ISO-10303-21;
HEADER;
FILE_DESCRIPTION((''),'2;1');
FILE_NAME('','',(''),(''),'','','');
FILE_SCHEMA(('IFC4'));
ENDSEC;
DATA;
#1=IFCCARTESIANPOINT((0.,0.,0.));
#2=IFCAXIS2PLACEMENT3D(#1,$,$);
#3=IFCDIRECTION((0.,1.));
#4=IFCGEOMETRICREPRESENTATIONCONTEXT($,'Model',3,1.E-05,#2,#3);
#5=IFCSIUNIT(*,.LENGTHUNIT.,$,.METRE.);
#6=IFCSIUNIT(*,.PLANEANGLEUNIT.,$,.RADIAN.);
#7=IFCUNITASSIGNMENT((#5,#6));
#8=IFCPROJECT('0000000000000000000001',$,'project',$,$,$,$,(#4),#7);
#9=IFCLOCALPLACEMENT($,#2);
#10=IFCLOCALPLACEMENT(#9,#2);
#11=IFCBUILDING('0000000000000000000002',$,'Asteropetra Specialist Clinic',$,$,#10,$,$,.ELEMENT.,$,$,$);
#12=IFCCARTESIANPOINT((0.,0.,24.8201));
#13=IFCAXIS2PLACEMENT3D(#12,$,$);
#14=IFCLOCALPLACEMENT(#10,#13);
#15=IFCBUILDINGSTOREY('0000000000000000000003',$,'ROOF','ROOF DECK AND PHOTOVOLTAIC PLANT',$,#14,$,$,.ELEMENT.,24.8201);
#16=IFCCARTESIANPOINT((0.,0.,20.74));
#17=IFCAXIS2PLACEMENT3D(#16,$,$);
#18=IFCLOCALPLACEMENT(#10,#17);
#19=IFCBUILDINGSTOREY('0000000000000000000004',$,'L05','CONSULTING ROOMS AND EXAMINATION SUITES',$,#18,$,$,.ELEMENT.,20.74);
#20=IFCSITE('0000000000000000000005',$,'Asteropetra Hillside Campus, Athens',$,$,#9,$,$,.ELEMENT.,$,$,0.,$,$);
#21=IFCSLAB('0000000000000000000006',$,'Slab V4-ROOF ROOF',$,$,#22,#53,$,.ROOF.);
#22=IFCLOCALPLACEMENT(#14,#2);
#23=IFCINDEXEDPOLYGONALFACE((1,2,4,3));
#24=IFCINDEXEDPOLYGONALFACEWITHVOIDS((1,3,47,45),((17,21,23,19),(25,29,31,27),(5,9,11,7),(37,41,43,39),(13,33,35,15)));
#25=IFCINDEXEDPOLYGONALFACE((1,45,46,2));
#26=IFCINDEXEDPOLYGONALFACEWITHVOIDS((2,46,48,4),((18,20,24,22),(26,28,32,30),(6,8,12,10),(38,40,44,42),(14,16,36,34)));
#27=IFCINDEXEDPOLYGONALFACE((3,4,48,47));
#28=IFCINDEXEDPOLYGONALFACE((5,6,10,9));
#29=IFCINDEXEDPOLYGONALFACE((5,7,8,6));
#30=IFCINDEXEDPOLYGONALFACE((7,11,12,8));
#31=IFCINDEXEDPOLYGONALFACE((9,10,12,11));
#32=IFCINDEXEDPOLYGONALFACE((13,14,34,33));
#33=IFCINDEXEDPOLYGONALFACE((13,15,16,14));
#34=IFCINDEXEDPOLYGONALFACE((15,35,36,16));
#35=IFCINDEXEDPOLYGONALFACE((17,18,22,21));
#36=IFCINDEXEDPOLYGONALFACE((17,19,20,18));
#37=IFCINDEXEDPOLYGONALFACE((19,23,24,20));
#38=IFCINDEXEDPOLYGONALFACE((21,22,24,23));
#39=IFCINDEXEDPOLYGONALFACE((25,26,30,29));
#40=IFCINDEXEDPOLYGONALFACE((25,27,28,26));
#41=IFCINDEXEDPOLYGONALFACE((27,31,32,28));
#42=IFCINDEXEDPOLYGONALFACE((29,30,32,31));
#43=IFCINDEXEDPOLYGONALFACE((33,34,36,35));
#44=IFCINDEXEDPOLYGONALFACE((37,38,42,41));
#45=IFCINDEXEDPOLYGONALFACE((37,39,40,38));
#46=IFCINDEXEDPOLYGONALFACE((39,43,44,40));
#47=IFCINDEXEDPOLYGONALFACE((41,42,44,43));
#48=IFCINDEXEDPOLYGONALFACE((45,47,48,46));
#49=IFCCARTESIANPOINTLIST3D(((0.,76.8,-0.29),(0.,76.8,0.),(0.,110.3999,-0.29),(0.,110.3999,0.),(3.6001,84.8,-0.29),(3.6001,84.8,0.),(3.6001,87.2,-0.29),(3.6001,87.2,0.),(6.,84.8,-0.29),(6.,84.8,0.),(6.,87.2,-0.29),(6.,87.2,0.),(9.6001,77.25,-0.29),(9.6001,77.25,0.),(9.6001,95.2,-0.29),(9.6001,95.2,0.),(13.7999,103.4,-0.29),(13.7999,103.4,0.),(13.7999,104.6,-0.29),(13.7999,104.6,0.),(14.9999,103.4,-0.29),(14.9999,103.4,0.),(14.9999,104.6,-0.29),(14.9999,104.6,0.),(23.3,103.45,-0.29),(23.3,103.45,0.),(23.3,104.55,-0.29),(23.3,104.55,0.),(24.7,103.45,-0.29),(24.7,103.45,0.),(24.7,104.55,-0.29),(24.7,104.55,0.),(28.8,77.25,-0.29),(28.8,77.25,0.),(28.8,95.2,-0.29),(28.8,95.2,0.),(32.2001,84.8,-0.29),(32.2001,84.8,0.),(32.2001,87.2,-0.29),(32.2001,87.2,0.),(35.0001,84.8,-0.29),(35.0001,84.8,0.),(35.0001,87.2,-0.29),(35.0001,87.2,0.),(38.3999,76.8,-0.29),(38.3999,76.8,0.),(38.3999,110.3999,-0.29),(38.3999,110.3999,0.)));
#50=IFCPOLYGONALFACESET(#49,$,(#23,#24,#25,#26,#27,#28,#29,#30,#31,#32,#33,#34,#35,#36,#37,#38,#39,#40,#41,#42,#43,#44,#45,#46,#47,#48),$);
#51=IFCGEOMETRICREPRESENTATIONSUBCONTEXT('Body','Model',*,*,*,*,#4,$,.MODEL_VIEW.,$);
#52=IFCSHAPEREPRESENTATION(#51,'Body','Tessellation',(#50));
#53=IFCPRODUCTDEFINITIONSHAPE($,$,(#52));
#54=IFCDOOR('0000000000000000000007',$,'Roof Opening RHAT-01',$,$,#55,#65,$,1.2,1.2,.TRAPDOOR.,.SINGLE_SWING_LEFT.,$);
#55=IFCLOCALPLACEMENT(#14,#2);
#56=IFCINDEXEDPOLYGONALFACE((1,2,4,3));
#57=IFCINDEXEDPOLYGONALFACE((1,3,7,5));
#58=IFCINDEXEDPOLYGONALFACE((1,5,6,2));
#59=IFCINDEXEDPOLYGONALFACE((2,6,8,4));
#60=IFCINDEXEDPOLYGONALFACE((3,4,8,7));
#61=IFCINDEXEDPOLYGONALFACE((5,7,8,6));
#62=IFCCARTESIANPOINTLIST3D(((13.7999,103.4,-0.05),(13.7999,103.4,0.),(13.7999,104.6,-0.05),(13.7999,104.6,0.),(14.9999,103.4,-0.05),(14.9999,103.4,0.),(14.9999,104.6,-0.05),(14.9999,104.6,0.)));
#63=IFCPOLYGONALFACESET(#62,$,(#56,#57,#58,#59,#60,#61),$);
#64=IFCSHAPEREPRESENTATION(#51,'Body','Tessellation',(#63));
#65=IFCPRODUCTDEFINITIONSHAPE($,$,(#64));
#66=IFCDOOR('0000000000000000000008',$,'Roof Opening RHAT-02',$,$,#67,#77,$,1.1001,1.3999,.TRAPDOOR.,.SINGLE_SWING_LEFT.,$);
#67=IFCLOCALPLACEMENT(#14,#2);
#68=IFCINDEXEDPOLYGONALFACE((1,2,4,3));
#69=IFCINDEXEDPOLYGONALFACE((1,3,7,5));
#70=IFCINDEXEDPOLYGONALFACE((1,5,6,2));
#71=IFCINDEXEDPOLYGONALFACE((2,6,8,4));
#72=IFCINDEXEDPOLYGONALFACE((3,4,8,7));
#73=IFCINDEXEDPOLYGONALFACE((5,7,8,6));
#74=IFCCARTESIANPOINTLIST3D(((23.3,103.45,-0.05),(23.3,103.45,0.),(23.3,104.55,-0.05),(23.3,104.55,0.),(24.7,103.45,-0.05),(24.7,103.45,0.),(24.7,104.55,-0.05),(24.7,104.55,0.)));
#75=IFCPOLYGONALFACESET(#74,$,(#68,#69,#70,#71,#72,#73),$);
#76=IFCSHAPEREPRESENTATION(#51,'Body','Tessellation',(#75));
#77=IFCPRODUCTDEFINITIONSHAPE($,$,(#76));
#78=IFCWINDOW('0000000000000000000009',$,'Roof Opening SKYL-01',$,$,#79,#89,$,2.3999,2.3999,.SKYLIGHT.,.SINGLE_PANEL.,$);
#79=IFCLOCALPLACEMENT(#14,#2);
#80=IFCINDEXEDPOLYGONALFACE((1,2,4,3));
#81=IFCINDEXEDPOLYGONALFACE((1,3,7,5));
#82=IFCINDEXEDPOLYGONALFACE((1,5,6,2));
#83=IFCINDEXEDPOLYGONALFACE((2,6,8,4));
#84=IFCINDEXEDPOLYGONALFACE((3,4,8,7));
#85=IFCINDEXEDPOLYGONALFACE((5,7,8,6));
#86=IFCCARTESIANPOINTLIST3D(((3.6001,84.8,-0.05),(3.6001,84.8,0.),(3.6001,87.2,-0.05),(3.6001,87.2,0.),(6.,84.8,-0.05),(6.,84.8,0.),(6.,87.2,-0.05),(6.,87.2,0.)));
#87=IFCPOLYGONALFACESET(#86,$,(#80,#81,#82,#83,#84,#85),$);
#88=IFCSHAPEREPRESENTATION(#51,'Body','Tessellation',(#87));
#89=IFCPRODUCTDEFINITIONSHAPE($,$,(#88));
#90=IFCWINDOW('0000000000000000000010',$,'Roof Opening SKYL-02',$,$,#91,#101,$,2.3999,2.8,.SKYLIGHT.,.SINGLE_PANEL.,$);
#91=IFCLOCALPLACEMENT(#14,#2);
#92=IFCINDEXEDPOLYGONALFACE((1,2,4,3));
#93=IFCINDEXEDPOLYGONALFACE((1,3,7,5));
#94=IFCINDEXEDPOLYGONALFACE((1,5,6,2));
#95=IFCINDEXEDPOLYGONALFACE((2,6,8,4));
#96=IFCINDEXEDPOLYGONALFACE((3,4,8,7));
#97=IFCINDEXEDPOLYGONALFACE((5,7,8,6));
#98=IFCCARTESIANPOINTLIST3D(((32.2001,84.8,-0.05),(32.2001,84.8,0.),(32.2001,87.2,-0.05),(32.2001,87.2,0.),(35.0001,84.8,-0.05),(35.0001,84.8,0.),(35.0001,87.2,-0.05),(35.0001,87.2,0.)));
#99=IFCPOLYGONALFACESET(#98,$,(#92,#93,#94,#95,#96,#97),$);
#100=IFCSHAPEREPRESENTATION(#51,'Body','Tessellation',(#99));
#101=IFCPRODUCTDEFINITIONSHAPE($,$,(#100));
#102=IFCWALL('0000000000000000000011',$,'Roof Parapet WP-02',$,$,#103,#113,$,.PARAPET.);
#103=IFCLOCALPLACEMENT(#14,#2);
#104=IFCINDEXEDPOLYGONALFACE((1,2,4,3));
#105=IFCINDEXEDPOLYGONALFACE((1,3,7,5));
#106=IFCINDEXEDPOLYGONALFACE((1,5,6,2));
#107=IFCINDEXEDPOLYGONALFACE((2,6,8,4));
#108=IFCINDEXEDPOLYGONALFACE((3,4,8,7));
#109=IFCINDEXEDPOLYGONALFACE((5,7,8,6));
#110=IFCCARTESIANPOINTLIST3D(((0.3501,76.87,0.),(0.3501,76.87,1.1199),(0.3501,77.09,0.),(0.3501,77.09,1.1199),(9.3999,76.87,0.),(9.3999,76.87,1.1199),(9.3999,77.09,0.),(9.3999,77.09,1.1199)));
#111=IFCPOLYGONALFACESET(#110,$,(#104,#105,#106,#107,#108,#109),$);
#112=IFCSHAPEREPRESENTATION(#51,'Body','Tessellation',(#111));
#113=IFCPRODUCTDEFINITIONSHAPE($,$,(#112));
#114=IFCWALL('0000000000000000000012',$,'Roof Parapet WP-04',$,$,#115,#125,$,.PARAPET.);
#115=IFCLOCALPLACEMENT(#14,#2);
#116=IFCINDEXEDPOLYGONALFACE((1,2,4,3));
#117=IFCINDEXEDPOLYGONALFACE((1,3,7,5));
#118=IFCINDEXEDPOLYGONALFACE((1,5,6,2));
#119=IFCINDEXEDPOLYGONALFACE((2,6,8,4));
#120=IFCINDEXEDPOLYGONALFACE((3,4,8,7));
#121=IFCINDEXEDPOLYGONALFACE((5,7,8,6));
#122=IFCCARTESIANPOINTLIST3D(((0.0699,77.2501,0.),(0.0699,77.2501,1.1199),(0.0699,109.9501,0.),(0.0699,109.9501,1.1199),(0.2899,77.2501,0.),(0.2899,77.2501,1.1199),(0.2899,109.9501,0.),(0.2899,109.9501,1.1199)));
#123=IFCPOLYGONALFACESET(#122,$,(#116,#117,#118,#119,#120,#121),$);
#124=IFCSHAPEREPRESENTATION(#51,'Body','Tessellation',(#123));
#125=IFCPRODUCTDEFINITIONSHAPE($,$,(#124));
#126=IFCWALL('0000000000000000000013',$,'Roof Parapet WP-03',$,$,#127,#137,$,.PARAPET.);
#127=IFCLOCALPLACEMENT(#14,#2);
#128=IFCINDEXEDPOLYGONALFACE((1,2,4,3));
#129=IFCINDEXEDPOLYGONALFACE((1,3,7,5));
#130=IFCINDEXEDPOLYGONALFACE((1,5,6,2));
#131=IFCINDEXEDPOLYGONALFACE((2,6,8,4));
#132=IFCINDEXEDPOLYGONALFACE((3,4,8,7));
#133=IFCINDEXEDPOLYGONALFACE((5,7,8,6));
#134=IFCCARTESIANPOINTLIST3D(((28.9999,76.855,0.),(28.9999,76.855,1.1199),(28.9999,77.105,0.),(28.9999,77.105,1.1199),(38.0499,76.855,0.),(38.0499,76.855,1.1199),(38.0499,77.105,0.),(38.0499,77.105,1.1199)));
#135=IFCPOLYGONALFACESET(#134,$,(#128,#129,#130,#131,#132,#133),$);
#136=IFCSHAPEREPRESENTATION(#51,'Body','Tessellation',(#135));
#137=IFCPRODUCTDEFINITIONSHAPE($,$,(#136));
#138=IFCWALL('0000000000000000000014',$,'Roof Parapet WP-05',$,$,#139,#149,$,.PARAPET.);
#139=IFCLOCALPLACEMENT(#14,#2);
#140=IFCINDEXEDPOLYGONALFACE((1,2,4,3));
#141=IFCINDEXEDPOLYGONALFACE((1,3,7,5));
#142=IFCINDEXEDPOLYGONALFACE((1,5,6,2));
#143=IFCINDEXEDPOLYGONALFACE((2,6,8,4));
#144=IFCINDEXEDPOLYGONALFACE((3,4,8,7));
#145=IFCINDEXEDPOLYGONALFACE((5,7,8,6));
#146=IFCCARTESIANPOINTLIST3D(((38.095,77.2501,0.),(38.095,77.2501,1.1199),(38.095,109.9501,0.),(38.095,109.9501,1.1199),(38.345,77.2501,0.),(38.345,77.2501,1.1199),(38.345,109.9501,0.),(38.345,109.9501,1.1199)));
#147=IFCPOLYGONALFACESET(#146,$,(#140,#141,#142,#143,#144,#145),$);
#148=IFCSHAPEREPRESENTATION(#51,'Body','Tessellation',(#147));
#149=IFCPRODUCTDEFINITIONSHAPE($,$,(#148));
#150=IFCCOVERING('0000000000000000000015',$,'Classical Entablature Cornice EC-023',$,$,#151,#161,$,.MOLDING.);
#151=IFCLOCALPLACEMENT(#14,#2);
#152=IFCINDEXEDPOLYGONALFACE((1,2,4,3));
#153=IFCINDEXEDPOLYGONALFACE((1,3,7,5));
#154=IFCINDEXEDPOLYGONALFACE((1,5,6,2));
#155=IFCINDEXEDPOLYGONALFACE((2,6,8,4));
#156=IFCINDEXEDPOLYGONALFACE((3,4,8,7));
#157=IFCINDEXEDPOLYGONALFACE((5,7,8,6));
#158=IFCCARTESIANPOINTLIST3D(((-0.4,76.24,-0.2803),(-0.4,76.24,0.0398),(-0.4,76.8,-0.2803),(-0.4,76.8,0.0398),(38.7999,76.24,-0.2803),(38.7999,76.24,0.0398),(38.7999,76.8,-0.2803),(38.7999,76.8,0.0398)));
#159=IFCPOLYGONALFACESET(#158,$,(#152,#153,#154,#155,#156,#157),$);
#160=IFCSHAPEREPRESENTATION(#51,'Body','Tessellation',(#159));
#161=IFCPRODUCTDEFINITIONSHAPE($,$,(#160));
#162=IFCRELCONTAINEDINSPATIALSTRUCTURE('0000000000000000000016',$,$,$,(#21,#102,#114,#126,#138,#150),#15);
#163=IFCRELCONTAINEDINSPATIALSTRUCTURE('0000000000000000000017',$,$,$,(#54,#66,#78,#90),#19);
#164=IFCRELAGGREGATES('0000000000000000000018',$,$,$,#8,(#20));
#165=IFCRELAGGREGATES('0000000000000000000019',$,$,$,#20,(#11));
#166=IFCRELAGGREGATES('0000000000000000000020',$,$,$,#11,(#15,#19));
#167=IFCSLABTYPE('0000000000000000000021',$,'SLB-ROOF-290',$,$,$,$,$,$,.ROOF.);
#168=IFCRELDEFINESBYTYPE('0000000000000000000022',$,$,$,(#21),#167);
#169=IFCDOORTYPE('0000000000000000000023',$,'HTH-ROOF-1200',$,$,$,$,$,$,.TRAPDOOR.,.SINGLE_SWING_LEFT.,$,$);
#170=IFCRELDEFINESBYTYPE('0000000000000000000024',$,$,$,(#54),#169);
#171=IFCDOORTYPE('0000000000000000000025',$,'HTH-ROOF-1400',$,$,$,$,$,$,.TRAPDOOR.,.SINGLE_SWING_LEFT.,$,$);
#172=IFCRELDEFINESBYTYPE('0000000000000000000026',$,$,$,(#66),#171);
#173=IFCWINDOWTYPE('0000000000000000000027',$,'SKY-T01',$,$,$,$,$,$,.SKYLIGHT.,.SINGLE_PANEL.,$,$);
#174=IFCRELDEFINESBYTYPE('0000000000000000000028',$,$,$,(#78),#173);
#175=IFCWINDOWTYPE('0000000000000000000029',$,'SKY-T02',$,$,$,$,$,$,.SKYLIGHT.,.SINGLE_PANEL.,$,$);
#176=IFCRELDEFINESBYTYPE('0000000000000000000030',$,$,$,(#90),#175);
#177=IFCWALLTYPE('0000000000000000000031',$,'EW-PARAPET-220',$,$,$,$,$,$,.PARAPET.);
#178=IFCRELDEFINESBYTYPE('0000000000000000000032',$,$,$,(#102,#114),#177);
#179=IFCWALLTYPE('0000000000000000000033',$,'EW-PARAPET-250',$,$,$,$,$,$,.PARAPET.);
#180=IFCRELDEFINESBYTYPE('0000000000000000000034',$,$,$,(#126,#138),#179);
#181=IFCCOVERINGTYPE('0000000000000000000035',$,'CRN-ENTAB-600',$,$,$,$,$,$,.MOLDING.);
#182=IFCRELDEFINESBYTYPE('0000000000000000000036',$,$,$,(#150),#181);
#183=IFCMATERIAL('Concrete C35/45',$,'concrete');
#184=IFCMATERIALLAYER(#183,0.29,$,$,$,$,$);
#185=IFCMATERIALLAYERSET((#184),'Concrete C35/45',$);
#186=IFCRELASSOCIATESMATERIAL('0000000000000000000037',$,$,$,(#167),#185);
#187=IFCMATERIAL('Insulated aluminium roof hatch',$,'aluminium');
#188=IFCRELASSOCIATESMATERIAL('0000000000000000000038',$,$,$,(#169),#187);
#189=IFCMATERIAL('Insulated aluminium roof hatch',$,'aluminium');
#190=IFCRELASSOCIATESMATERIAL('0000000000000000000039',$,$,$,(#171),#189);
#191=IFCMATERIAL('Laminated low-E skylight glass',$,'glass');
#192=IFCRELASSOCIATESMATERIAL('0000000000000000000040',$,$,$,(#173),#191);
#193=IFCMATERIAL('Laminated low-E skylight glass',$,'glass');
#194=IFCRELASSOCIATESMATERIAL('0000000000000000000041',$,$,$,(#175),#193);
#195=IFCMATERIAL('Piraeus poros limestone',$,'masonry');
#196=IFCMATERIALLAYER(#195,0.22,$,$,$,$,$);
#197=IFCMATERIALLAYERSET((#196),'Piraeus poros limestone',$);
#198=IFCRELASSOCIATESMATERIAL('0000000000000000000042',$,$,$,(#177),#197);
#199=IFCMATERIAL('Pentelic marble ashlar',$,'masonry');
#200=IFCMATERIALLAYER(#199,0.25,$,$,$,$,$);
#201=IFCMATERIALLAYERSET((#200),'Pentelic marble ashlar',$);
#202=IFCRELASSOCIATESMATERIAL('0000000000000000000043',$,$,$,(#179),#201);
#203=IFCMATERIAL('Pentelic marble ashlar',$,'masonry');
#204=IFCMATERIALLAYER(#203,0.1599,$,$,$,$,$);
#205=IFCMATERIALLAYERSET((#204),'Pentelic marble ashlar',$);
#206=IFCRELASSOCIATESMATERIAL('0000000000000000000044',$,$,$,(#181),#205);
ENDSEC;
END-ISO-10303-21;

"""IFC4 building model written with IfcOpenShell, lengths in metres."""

from ifc_helpers import new_model, si_unit, direction, frame, frame_2d, origin, origin_2d, place, context, subcontext, project, spatial, polyline, rectangle, outline, extrude, material, layer, layer_set, type_object, element, fill, save


model = new_model("IFC4")

# Units and contexts
model_context = context("Model", 3, precision=1e-05, world=origin(), true_north=direction((0.0, 1.0)))
body_context = subcontext(model_context, "Body", "Model", "MODEL_VIEW")
ifc_project = project(units=[si_unit("LENGTHUNIT", "METRE"), si_unit("PLANEANGLEUNIT", "RADIAN")], contexts=[model_context])

# Site, building, storey
site_placement = place(None, origin())
site = spatial("IfcSite", under=ifc_project, at=site_placement, Name="Asteropetra Hillside Campus, Athens", CompositionType="ELEMENT", RefElevation=0.0)
building_placement = place(site_placement, origin())
building = spatial("IfcBuilding", under=site, at=building_placement, Name="Asteropetra Specialist Clinic", CompositionType="ELEMENT")
storey_1_placement = place(building_placement, frame((0.0, 0.0, 24.8201)))
storey_1 = spatial("IfcBuildingStorey", under=building, at=storey_1_placement, Name="ROOF", Description="ROOF DECK AND PHOTOVOLTAIC PLANT", CompositionType="ELEMENT", Elevation=24.8201)

# Slab, openings
ifc_material_1 = material(Name="Concrete C35/45", Category="concrete")
ifc_layer_1 = layer(ifc_material_1, 0.29)
ifc_layer_set_1 = layer_set([ifc_layer_1], Name="Concrete C35/45")
slab_type = type_object("IfcSlabType", Name="SLB-ROOF-290", PredefinedType="ROOF", material=ifc_layer_set_1)
slab_placement = place(storey_1_placement, frame((0.0, 0.0, -0.29)))
slab = element("IfcSlab", 1, at=slab_placement, inside=storey_1, type_object=slab_type, Name="Slab V4-ROOF ROOF", PredefinedType="ROOF", context=body_context, shape_type="SweptSolid", body=[
    extrude(outline(polyline([(0.0, 76.8), (38.3999, 76.8), (38.3999, 110.3999), (0.0, 110.3999), (0.0, 76.8)]), holes=[polyline([(9.6001, 77.25), (28.8, 77.25), (28.8, 95.2), (9.6001, 95.2), (9.6001, 77.25)])]), origin(), (0.0, 0.0, 1.0), 0.29),
])
opening_1_placement = place(slab_placement, frame((4.8, 86.0, 0.0)))
opening_1 = element("IfcOpeningElement", 2, at=opening_1_placement, cuts=slab, PredefinedType="OPENING", context=body_context, shape_type="SweptSolid", body=[
    extrude(rectangle(XDim=2.3999, YDim=2.3999, at=origin_2d()), origin(), (0.0, 0.0, 1.0), 0.29),
])
opening_2_placement = place(slab_placement, frame((33.6001, 86.0, 0.0)))
opening_2 = element("IfcOpeningElement", 3, at=opening_2_placement, cuts=slab, PredefinedType="OPENING", context=body_context, shape_type="SweptSolid", body=[
    extrude(rectangle(XDim=2.8, YDim=2.3999, at=origin_2d()), origin(), (0.0, 0.0, 1.0), 0.29),
])
opening_3_placement = place(slab_placement, frame((14.3999, 104.0, 0.0)))
opening_3 = element("IfcOpeningElement", 4, at=opening_3_placement, cuts=slab, PredefinedType="OPENING", context=body_context, shape_type="SweptSolid", body=[
    extrude(rectangle(XDim=1.2, YDim=1.2, at=origin_2d()), origin(), (0.0, 0.0, 1.0), 0.29),
])
opening_4_placement = place(slab_placement, frame((24.0, 104.0, 0.0)))
opening_4 = element("IfcOpeningElement", 5, at=opening_4_placement, cuts=slab, PredefinedType="OPENING", context=body_context, shape_type="SweptSolid", body=[
    extrude(rectangle(XDim=1.3999, YDim=1.1001, at=origin_2d()), origin(), (0.0, 0.0, 1.0), 0.29),
])

# Shared definitions
storey_2_placement = place(building_placement, frame((0.0, 0.0, 20.74)))
storey_2 = spatial("IfcBuildingStorey", under=building, at=storey_2_placement, Name="L05", Description="CONSULTING ROOMS AND EXAMINATION SUITES", CompositionType="ELEMENT", Elevation=20.74)

# Doors
ifc_material_2 = material(Name="Insulated aluminium roof hatch", Category="aluminium")
door_type_1 = type_object("IfcDoorType", Name="HTH-ROOF-1200", OperationType="SINGLE_SWING_LEFT", PredefinedType="TRAPDOOR", material=ifc_material_2)
door_1_placement = place(opening_3_placement, frame((0.0, 0.0, 0.24)))
door_1 = element("IfcDoor", 6, at=door_1_placement, inside=storey_2, type_object=door_type_1, Name="Roof Opening RHAT-01", OperationType="SINGLE_SWING_LEFT", OverallHeight=1.2, OverallWidth=1.2, PredefinedType="TRAPDOOR", context=body_context, shape_type="SweptSolid", body=[
    extrude(rectangle(XDim=1.2, YDim=1.2, at=origin_2d()), origin(), (0.0, 0.0, 1.0), 0.05),
])
fill(opening_3, door_1)
ifc_material_3 = material(Name="Insulated aluminium roof hatch", Category="aluminium")
door_type_2 = type_object("IfcDoorType", Name="HTH-ROOF-1400", OperationType="SINGLE_SWING_LEFT", PredefinedType="TRAPDOOR", material=ifc_material_3)
door_2_placement = place(opening_4_placement, frame((0.0, 0.0, 0.24)))
door_2 = element("IfcDoor", 7, at=door_2_placement, inside=storey_2, type_object=door_type_2, Name="Roof Opening RHAT-02", OperationType="SINGLE_SWING_LEFT", OverallHeight=1.1001, OverallWidth=1.3999, PredefinedType="TRAPDOOR", context=body_context, shape_type="SweptSolid", body=[
    extrude(rectangle(XDim=1.3999, YDim=1.1001, at=origin_2d()), origin(), (0.0, 0.0, 1.0), 0.05),
])
fill(opening_4, door_2)

# Windows
ifc_material_4 = material(Name="Laminated low-E skylight glass", Category="glass")
window_type_1 = type_object("IfcWindowType", Name="SKY-T01", PartitioningType="SINGLE_PANEL", PredefinedType="SKYLIGHT", material=ifc_material_4)
window_1_placement = place(opening_1_placement, frame((0.0, 0.0, 0.24)))
window_1 = element("IfcWindow", 8, at=window_1_placement, inside=storey_2, type_object=window_type_1, Name="Roof Opening SKYL-01", OverallHeight=2.3999, OverallWidth=2.3999, PartitioningType="SINGLE_PANEL", PredefinedType="SKYLIGHT", context=body_context, shape_type="SweptSolid", body=[
    extrude(rectangle(XDim=2.3999, YDim=2.3999, at=origin_2d()), origin(), (0.0, 0.0, 1.0), 0.05),
])
fill(opening_1, window_1)
ifc_material_5 = material(Name="Laminated low-E skylight glass", Category="glass")
window_type_2 = type_object("IfcWindowType", Name="SKY-T02", PartitioningType="SINGLE_PANEL", PredefinedType="SKYLIGHT", material=ifc_material_5)
window_2_placement = place(opening_2_placement, frame((0.0, 0.0, 0.24)))
window_2 = element("IfcWindow", 9, at=window_2_placement, inside=storey_2, type_object=window_type_2, Name="Roof Opening SKYL-02", OverallHeight=2.3999, OverallWidth=2.8, PartitioningType="SINGLE_PANEL", PredefinedType="SKYLIGHT", context=body_context, shape_type="SweptSolid", body=[
    extrude(rectangle(XDim=2.8, YDim=2.3999, at=origin_2d()), origin(), (0.0, 0.0, 1.0), 0.05),
])
fill(opening_2, window_2)

# Walls
ifc_material_6 = material(Name="Piraeus poros limestone", Category="masonry")
ifc_layer_2 = layer(ifc_material_6, 0.22)
ifc_layer_set_2 = layer_set([ifc_layer_2], Name="Piraeus poros limestone")
wall_type_1 = type_object("IfcWallType", Name="EW-PARAPET-220", PredefinedType="PARAPET", material=ifc_layer_set_2)
wall_1_placement = place(storey_1_placement, frame((0.3501, 76.98, 0.0), z_axis=(0.0, 0.0, 1.0), x_axis=(1.0, 0.0, 0.0)))
element("IfcWall", 10, at=wall_1_placement, inside=storey_1, type_object=wall_type_1, Name="Roof Parapet WP-02", PredefinedType="PARAPET", context=body_context, shape_type="SweptSolid", body=[
    extrude(rectangle(XDim=9.0498, YDim=0.22, at=frame_2d((4.5249, 0.0))), origin(), (0.0, 0.0, 1.0), 1.1199),
])
wall_2_placement = place(storey_1_placement, frame((0.1799, 77.25, 0.0), z_axis=(0.0, 0.0, 1.0), x_axis=(0.0, 1.0, 0.0)))
element("IfcWall", 11, at=wall_2_placement, inside=storey_1, type_object=wall_type_1, Name="Roof Parapet WP-04", PredefinedType="PARAPET", context=body_context, shape_type="SweptSolid", body=[
    extrude(rectangle(XDim=32.7, YDim=0.22, at=frame_2d((16.3501, 0.0))), origin(), (0.0, 0.0, 1.0), 1.1199),
])
ifc_material_7 = material(Name="Pentelic marble ashlar", Category="masonry")
ifc_layer_3 = layer(ifc_material_7, 0.25)
ifc_layer_set_3 = layer_set([ifc_layer_3], Name="Pentelic marble ashlar")
wall_type_2 = type_object("IfcWallType", Name="EW-PARAPET-250", PredefinedType="PARAPET", material=ifc_layer_set_3)
wall_3_placement = place(storey_1_placement, frame((29.0, 76.98, 0.0), z_axis=(0.0, 0.0, 1.0), x_axis=(1.0, 0.0, 0.0)))
element("IfcWall", 12, at=wall_3_placement, inside=storey_1, type_object=wall_type_2, Name="Roof Parapet WP-03", PredefinedType="PARAPET", context=body_context, shape_type="SweptSolid", body=[
    extrude(rectangle(XDim=9.05, YDim=0.25, at=frame_2d((4.5249, 0.0))), origin(), (0.0, 0.0, 1.0), 1.1199),
])
wall_4_placement = place(storey_1_placement, frame((38.22, 77.25, 0.0), z_axis=(0.0, 0.0, 1.0), x_axis=(0.0, 1.0, 0.0)))
element("IfcWall", 13, at=wall_4_placement, inside=storey_1, type_object=wall_type_2, Name="Roof Parapet WP-05", PredefinedType="PARAPET", context=body_context, shape_type="SweptSolid", body=[
    extrude(rectangle(XDim=32.7, YDim=0.25, at=frame_2d((16.3501, 0.0))), origin(), (0.0, 0.0, 1.0), 1.1199),
])

# Covering
ifc_material_8 = material(Name="Pentelic marble ashlar", Category="masonry")
ifc_layer_4 = layer(ifc_material_8, 0.1599)
ifc_layer_set_4 = layer_set([ifc_layer_4], Name="Pentelic marble ashlar")
covering_type_1 = type_object("IfcCoveringType", Name="CRN-ENTAB-600", PredefinedType="MOLDING", material=ifc_layer_set_4)
covering_1_placement = place(storey_1_placement, frame((19.2, 76.52, -0.2803), z_axis=(0.0, 0.0, 1.0), x_axis=(1.0, 0.0, 0.0)))
element("IfcCovering", 14, at=covering_1_placement, inside=storey_1, type_object=covering_type_1, Name="Classical Entablature Cornice EC-023", PredefinedType="MOLDING", context=body_context, shape_type="SweptSolid", body=[
    extrude(rectangle(XDim=39.2, YDim=0.5601, at=origin_2d()), origin(), (0.0, 0.0, 1.0), 0.3201),
])

save(model, "model.ifc")
